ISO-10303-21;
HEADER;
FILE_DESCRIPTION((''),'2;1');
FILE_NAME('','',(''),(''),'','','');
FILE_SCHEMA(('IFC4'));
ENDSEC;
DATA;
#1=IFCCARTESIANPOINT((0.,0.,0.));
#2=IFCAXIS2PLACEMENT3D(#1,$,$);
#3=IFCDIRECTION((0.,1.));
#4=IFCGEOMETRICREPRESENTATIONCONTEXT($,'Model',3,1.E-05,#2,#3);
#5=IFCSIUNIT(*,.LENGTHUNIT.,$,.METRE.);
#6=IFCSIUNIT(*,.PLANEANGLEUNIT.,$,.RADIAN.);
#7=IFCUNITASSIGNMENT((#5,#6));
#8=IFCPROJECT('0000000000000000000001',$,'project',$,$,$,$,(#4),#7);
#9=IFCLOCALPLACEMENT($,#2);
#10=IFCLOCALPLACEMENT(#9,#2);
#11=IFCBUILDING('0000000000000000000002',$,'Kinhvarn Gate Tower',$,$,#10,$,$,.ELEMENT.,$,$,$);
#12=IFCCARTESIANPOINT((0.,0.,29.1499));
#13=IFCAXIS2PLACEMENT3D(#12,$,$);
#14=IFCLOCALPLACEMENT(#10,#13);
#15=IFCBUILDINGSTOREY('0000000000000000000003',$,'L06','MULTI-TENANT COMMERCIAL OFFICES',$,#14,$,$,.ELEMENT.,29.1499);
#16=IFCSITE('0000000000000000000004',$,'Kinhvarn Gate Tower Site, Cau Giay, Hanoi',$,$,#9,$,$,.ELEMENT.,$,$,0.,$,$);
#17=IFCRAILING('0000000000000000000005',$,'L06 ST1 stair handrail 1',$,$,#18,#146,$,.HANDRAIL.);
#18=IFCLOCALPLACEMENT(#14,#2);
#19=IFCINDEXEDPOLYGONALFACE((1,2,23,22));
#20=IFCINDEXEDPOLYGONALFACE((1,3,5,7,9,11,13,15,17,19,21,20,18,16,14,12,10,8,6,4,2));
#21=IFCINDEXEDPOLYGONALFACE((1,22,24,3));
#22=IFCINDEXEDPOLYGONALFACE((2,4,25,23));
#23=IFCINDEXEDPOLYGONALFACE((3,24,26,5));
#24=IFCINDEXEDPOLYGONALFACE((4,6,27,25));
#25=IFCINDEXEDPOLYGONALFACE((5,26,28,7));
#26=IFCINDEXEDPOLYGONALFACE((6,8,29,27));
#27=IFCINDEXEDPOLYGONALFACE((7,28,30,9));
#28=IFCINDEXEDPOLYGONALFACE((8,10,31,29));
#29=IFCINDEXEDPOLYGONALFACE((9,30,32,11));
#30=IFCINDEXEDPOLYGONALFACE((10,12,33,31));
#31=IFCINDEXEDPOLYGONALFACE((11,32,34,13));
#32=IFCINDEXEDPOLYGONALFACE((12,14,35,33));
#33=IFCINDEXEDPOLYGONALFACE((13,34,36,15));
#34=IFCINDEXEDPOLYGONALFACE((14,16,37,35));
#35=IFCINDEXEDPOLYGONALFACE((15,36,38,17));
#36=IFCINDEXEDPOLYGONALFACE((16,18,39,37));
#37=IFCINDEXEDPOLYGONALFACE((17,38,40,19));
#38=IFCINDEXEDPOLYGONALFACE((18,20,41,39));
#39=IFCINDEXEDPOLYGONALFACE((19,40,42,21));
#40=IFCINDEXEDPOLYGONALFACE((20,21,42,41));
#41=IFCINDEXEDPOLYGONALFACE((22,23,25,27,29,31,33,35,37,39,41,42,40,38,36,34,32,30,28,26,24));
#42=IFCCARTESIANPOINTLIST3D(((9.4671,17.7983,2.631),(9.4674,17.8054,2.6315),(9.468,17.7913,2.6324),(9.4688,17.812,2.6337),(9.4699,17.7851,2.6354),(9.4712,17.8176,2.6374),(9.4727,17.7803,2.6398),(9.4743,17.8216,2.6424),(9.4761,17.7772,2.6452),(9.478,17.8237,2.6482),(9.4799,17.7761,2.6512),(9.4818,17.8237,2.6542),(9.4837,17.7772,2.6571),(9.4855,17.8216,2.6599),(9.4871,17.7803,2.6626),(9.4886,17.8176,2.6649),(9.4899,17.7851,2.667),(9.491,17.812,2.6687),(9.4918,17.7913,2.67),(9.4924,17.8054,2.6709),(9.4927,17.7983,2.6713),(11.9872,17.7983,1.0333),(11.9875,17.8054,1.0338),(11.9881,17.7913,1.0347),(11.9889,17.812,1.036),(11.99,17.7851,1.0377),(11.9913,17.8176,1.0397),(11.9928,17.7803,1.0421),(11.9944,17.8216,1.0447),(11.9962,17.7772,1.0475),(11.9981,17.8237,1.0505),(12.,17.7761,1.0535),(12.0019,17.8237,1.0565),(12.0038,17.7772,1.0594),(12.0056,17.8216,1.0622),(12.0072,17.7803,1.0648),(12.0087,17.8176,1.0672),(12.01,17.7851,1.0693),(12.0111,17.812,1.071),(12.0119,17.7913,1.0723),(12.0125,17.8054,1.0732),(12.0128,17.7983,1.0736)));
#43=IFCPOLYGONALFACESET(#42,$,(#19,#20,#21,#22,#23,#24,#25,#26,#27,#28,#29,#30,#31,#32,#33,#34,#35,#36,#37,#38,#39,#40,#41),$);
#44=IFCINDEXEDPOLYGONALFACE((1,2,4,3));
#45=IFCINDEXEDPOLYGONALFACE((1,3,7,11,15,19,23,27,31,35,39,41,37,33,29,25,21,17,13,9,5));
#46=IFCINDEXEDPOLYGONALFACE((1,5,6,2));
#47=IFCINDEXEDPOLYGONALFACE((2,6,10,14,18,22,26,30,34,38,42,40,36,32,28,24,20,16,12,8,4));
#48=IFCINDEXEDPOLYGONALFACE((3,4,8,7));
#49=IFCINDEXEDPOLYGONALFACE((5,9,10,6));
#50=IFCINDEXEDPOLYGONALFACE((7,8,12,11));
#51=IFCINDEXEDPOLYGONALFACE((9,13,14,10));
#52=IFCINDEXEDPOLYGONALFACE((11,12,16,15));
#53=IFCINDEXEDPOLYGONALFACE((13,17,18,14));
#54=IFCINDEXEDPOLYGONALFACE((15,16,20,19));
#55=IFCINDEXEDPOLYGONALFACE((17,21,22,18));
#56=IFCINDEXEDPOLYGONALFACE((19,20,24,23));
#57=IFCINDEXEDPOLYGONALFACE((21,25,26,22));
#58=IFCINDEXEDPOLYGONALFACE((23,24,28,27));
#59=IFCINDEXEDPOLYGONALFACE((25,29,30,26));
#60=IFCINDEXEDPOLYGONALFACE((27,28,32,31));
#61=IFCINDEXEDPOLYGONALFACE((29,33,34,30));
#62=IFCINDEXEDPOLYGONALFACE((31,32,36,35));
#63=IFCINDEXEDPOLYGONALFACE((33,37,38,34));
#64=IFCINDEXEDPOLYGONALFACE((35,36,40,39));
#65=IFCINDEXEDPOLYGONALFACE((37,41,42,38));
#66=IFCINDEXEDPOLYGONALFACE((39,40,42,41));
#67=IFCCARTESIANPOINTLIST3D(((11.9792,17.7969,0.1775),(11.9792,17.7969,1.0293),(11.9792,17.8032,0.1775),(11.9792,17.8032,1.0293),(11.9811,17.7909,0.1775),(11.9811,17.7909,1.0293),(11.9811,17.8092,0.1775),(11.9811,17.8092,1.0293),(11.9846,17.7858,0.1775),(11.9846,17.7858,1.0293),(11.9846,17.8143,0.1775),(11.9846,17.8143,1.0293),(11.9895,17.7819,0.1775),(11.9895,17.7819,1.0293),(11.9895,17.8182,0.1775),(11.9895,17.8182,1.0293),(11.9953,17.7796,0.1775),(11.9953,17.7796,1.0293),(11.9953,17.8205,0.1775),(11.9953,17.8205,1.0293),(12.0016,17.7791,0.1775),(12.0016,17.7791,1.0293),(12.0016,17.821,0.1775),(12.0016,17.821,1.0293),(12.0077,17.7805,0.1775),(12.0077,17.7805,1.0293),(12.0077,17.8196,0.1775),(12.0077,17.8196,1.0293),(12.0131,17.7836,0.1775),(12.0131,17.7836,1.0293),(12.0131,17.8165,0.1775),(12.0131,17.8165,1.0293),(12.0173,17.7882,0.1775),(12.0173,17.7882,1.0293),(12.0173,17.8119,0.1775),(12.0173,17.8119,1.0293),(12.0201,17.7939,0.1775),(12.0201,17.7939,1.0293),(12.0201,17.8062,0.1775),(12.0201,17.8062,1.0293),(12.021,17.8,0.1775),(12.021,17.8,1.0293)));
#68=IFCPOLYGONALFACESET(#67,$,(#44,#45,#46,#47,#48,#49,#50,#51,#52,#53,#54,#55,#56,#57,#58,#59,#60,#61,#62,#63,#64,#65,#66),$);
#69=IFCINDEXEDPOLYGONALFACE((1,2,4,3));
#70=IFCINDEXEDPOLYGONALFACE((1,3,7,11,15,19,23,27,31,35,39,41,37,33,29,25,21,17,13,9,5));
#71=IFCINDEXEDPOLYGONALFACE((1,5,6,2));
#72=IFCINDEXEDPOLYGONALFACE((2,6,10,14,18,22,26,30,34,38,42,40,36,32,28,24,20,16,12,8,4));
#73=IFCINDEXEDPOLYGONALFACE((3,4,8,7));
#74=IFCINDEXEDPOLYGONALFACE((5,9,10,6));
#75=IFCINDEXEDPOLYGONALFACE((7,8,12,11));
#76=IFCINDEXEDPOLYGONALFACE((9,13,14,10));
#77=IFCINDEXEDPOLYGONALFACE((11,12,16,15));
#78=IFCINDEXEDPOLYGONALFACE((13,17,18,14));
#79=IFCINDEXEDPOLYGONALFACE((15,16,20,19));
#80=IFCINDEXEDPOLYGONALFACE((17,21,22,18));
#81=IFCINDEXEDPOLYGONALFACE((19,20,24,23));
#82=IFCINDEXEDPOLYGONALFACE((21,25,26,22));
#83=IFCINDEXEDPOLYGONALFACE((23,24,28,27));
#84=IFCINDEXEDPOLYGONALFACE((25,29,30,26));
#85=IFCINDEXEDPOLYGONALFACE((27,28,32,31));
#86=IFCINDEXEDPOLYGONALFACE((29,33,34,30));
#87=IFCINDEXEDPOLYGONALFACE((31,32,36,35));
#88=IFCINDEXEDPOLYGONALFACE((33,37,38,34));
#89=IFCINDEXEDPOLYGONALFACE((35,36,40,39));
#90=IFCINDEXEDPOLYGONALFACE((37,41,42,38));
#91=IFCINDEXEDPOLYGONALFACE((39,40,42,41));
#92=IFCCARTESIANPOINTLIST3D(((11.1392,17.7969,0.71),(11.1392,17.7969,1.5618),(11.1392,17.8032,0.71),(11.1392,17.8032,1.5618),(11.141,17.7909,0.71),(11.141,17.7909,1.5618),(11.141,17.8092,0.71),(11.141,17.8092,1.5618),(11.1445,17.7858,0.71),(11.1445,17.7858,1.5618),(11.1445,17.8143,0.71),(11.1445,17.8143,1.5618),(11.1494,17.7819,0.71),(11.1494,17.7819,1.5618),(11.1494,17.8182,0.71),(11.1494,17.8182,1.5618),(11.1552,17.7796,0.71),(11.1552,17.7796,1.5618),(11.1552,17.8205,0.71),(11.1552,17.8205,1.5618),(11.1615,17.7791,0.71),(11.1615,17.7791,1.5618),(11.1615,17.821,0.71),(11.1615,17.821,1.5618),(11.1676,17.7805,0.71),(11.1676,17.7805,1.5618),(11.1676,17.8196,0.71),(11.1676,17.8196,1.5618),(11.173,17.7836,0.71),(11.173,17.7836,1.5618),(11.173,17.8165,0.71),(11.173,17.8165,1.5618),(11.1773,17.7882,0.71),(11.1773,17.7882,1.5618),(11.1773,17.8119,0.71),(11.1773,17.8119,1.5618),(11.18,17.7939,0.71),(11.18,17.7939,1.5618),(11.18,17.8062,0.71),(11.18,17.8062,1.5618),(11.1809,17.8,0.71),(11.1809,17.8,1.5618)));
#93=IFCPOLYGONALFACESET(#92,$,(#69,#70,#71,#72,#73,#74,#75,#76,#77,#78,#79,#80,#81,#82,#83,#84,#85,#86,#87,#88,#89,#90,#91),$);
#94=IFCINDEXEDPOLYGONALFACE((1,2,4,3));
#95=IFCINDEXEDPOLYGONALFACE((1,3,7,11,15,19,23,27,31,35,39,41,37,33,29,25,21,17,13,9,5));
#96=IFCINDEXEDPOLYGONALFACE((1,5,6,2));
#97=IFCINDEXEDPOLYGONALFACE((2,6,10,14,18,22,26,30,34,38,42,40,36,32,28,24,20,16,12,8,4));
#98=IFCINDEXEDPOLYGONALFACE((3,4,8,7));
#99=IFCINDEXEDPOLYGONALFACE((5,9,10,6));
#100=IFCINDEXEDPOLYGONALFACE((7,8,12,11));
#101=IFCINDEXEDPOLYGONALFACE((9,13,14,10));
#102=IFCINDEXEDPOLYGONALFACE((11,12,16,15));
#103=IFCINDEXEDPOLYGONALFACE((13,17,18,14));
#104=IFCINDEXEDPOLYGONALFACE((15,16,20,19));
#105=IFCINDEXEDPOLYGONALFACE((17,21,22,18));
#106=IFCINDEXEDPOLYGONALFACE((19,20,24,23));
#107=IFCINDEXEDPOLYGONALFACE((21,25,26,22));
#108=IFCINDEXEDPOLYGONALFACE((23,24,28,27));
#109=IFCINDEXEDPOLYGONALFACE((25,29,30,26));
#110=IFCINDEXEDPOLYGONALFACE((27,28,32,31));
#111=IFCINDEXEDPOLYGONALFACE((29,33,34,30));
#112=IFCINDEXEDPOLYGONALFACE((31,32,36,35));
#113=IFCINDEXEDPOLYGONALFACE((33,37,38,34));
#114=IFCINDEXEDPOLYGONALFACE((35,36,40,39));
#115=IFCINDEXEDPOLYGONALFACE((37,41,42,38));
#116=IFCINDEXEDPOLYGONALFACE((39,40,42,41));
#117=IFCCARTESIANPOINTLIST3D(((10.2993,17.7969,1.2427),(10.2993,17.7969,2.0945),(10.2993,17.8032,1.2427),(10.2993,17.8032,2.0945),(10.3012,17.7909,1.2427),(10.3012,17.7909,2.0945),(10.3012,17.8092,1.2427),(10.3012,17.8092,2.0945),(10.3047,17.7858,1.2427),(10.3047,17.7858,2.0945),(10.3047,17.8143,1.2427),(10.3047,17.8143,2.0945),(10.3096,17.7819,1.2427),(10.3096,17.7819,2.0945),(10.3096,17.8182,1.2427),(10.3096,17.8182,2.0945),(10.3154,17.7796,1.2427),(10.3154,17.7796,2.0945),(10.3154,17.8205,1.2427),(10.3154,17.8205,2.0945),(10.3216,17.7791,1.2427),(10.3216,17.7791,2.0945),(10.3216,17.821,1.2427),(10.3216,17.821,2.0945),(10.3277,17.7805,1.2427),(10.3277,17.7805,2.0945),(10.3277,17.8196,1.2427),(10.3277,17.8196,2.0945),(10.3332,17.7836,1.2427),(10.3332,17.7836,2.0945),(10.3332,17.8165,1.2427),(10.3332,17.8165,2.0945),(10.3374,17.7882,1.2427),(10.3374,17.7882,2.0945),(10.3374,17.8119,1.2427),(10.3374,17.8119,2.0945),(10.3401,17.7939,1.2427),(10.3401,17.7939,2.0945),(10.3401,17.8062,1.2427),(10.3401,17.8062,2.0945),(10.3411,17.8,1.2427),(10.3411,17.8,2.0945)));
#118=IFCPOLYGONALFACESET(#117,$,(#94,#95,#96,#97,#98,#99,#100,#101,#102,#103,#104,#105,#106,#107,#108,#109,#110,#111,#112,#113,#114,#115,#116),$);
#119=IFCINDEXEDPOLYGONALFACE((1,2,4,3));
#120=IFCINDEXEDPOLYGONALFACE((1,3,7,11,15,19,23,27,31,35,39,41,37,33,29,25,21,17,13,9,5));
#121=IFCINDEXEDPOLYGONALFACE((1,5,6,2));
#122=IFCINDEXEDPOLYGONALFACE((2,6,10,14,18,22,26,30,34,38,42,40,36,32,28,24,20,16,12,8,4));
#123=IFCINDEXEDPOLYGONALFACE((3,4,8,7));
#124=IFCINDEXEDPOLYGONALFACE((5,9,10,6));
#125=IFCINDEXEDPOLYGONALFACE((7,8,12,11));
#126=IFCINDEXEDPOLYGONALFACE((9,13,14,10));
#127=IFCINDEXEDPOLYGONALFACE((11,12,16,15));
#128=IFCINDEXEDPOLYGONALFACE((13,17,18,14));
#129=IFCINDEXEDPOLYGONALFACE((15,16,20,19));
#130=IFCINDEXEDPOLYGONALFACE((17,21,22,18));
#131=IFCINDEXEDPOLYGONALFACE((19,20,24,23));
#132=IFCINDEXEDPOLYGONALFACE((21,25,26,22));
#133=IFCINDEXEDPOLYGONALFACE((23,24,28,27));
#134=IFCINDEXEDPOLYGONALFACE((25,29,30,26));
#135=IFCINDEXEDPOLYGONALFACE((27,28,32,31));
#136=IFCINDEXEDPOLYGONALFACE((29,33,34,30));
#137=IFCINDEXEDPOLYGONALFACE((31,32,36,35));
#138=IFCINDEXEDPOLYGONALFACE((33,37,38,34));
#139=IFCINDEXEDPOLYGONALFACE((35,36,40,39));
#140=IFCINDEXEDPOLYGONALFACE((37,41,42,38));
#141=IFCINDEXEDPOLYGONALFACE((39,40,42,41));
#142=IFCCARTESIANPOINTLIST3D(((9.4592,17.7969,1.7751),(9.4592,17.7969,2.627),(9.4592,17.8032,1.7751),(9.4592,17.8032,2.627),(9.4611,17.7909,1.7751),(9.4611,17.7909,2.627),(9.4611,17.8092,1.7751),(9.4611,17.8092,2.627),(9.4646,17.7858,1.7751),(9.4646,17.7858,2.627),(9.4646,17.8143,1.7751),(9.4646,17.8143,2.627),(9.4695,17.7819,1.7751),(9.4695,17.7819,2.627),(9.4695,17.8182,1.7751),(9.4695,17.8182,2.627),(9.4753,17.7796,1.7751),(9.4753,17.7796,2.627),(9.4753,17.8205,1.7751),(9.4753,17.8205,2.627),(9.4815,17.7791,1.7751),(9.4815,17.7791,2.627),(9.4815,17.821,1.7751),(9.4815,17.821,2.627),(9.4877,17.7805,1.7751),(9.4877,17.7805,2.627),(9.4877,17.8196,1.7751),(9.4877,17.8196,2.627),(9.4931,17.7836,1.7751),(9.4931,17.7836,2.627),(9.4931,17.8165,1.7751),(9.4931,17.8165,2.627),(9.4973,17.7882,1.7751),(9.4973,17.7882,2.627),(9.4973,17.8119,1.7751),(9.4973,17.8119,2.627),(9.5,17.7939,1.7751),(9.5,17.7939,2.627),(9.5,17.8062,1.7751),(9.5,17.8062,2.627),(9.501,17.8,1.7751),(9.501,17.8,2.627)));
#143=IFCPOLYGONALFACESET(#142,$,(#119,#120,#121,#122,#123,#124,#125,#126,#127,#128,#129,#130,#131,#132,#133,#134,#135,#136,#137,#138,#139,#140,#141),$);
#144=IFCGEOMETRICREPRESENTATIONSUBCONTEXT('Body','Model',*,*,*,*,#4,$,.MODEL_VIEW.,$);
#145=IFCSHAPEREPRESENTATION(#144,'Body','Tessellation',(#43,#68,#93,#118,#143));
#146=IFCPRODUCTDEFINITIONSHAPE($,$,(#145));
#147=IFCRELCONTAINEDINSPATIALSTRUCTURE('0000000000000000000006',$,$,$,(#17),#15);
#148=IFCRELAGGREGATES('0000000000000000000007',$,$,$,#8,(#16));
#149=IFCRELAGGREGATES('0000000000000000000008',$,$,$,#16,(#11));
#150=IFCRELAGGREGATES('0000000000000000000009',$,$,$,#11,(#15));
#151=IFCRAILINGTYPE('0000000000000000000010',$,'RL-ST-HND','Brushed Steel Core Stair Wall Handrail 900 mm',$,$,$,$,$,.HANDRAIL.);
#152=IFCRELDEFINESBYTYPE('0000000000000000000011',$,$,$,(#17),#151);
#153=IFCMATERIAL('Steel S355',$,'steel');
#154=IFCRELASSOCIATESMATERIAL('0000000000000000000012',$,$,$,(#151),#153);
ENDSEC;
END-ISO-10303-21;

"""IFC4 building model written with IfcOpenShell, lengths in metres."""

from ifc_helpers import new_model, si_unit, direction, frame, origin, origin_2d, place, context, subcontext, project, spatial, circle, extrude, material, type_object, element, save


model = new_model("IFC4")

# Units and contexts
model_context = context("Model", 3, precision=1e-05, world=origin(), true_north=direction((0.0, 1.0)))
body_context = subcontext(model_context, "Body", "Model", "MODEL_VIEW")
ifc_project = project(units=[si_unit("LENGTHUNIT", "METRE"), si_unit("PLANEANGLEUNIT", "RADIAN")], contexts=[model_context])

# Site, building, storey
site_placement = place(None, origin())
site = spatial("IfcSite", under=ifc_project, at=site_placement, Name="Kinhvarn Gate Tower Site, Cau Giay, Hanoi", CompositionType="ELEMENT", RefElevation=0.0)
building_placement = place(site_placement, origin())
building = spatial("IfcBuilding", under=site, at=building_placement, Name="Kinhvarn Gate Tower", CompositionType="ELEMENT")
storey_placement = place(building_placement, frame((0.0, 0.0, 29.1499)))
storey = spatial("IfcBuildingStorey", under=building, at=storey_placement, Name="L06", Description="MULTI-TENANT COMMERCIAL OFFICES", CompositionType="ELEMENT", Elevation=29.1499)

# Shared definitions
ifc_material_1 = material(Name="Steel S355", Category="steel")

# Railing
railing_type_1 = type_object("IfcRailingType", Name="RL-ST-HND", Description="Brushed Steel Core Stair Wall Handrail 900 mm", PredefinedType="HANDRAIL", material=ifc_material_1)
railing_1_placement = place(storey_placement, frame((12.0, 17.8, 0.1775)))
element("IfcRailing", 1, at=railing_1_placement, inside=storey, type_object=railing_type_1, Name="L06 ST1 stair handrail 1", PredefinedType="HANDRAIL", context=body_context, shape_type="SweptSolid", body=[
    extrude(circle(Radius=0.0239, at=origin_2d()), frame((0.0, 0.0, 0.876), z_axis=(-0.84457, 0.0, 0.535445), x_axis=(0.0, -1.0, 0.0)), (0.0, 0.0, 1.0), 2.9839),
    extrude(circle(Radius=0.021, at=origin_2d()), origin(), (0.0, 0.0, 1.0), 0.8518),
    extrude(circle(Radius=0.021, at=origin_2d()), frame((-0.8401, 0.0, 0.5325)), (0.0, 0.0, 1.0), 0.8518),
    extrude(circle(Radius=0.021, at=origin_2d()), frame((-1.6799, 0.0, 1.0652)), (0.0, 0.0, 1.0), 0.8518),
    extrude(circle(Radius=0.021, at=origin_2d()), frame((-2.52, 0.0, 1.5977)), (0.0, 0.0, 1.0), 0.8518),
])

save(model, "model.ifc")
